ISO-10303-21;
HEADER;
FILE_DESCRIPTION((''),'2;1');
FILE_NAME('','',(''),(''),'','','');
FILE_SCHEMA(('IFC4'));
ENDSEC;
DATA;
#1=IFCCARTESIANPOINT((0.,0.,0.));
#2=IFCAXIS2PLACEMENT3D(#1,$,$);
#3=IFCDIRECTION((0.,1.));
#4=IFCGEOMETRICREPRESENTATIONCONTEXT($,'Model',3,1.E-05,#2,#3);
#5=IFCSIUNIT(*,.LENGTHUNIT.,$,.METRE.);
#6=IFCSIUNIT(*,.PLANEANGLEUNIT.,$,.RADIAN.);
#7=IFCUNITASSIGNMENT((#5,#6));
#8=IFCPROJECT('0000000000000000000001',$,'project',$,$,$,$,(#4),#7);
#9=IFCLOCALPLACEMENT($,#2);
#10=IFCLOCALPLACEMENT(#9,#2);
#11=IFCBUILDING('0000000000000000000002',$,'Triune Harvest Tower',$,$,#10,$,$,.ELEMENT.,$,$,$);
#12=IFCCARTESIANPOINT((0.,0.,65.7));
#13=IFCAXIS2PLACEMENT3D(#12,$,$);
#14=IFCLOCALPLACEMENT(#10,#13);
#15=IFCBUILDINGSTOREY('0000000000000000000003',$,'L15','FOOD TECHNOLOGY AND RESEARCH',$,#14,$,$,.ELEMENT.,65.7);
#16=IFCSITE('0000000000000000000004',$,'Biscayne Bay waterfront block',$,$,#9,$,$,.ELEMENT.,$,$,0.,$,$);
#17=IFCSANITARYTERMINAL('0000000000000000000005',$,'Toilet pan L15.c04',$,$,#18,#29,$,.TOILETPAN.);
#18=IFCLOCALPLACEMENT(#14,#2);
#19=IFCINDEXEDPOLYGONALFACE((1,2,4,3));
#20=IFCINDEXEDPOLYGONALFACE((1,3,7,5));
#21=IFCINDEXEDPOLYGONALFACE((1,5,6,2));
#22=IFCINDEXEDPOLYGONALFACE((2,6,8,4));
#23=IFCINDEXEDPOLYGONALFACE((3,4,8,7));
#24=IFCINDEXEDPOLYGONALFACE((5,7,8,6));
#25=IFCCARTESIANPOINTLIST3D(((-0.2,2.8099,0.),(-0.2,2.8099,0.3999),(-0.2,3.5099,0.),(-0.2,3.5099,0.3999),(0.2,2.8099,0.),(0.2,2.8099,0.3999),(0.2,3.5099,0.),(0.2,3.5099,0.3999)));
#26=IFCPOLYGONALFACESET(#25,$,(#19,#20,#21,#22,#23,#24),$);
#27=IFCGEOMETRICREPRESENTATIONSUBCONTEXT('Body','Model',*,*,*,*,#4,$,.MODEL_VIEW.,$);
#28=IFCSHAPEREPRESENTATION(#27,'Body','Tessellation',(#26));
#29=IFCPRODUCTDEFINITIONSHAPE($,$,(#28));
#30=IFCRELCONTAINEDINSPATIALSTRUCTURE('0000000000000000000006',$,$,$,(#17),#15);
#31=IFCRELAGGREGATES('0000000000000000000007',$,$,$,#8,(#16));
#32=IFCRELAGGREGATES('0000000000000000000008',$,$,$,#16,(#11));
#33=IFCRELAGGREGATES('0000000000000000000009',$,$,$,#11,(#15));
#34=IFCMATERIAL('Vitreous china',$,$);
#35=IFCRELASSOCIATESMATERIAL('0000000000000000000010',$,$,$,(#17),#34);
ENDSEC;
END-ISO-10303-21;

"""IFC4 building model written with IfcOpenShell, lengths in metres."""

from ifc_helpers import new_model, si_unit, direction, frame, origin, origin_2d, place, context, subcontext, project, spatial, rectangle, extrude, source, transform, mapped, material, element, save


model = new_model("IFC4")

# Units and contexts
model_context = context("Model", 3, precision=1e-05, world=origin(), true_north=direction((0.0, 1.0)))
body_context = subcontext(model_context, "Body", "Model", "MODEL_VIEW")
ifc_project = project(units=[si_unit("LENGTHUNIT", "METRE"), si_unit("PLANEANGLEUNIT", "RADIAN")], contexts=[model_context])

# Site, building, storey
site_placement = place(None, origin())
site = spatial("IfcSite", under=ifc_project, at=site_placement, Name="Biscayne Bay waterfront block", CompositionType="ELEMENT", RefElevation=0.0)
building_placement = place(site_placement, origin())
building = spatial("IfcBuilding", under=site, at=building_placement, Name="Triune Harvest Tower", CompositionType="ELEMENT")
storey_placement = place(building_placement, frame((0.0, 0.0, 65.7)))
storey = spatial("IfcBuildingStorey", under=building, at=storey_placement, Name="L15", Description="FOOD TECHNOLOGY AND RESEARCH", CompositionType="ELEMENT", Elevation=65.7)

# Sanitary terminal
ifc_material_1 = material(Name="Vitreous china")
shared_shape_1 = source(origin(), body_context, "Body", "SweptSolid", [
    extrude(rectangle(XDim=0.3999, YDim=0.7, at=origin_2d()), origin(), (0.0, 0.0, 1.0), 0.3999),
])
sanitary_terminal_placement = place(storey_placement, frame((0.0, 3.1599, 0.0), z_axis=(0.0, 0.0, 1.0), x_axis=(-1.0, 0.0, 0.0)))
element("IfcSanitaryTerminal", 1, at=sanitary_terminal_placement, inside=storey, material=ifc_material_1, Name="Toilet pan L15.c04", PredefinedType="TOILETPAN", context=body_context, shape_type="MappedRepresentation", body=[
    mapped(shared_shape_1, transform((0.0, 0.0, 0.0), scale=1.0)),
])

save(model, "model.ifc")
